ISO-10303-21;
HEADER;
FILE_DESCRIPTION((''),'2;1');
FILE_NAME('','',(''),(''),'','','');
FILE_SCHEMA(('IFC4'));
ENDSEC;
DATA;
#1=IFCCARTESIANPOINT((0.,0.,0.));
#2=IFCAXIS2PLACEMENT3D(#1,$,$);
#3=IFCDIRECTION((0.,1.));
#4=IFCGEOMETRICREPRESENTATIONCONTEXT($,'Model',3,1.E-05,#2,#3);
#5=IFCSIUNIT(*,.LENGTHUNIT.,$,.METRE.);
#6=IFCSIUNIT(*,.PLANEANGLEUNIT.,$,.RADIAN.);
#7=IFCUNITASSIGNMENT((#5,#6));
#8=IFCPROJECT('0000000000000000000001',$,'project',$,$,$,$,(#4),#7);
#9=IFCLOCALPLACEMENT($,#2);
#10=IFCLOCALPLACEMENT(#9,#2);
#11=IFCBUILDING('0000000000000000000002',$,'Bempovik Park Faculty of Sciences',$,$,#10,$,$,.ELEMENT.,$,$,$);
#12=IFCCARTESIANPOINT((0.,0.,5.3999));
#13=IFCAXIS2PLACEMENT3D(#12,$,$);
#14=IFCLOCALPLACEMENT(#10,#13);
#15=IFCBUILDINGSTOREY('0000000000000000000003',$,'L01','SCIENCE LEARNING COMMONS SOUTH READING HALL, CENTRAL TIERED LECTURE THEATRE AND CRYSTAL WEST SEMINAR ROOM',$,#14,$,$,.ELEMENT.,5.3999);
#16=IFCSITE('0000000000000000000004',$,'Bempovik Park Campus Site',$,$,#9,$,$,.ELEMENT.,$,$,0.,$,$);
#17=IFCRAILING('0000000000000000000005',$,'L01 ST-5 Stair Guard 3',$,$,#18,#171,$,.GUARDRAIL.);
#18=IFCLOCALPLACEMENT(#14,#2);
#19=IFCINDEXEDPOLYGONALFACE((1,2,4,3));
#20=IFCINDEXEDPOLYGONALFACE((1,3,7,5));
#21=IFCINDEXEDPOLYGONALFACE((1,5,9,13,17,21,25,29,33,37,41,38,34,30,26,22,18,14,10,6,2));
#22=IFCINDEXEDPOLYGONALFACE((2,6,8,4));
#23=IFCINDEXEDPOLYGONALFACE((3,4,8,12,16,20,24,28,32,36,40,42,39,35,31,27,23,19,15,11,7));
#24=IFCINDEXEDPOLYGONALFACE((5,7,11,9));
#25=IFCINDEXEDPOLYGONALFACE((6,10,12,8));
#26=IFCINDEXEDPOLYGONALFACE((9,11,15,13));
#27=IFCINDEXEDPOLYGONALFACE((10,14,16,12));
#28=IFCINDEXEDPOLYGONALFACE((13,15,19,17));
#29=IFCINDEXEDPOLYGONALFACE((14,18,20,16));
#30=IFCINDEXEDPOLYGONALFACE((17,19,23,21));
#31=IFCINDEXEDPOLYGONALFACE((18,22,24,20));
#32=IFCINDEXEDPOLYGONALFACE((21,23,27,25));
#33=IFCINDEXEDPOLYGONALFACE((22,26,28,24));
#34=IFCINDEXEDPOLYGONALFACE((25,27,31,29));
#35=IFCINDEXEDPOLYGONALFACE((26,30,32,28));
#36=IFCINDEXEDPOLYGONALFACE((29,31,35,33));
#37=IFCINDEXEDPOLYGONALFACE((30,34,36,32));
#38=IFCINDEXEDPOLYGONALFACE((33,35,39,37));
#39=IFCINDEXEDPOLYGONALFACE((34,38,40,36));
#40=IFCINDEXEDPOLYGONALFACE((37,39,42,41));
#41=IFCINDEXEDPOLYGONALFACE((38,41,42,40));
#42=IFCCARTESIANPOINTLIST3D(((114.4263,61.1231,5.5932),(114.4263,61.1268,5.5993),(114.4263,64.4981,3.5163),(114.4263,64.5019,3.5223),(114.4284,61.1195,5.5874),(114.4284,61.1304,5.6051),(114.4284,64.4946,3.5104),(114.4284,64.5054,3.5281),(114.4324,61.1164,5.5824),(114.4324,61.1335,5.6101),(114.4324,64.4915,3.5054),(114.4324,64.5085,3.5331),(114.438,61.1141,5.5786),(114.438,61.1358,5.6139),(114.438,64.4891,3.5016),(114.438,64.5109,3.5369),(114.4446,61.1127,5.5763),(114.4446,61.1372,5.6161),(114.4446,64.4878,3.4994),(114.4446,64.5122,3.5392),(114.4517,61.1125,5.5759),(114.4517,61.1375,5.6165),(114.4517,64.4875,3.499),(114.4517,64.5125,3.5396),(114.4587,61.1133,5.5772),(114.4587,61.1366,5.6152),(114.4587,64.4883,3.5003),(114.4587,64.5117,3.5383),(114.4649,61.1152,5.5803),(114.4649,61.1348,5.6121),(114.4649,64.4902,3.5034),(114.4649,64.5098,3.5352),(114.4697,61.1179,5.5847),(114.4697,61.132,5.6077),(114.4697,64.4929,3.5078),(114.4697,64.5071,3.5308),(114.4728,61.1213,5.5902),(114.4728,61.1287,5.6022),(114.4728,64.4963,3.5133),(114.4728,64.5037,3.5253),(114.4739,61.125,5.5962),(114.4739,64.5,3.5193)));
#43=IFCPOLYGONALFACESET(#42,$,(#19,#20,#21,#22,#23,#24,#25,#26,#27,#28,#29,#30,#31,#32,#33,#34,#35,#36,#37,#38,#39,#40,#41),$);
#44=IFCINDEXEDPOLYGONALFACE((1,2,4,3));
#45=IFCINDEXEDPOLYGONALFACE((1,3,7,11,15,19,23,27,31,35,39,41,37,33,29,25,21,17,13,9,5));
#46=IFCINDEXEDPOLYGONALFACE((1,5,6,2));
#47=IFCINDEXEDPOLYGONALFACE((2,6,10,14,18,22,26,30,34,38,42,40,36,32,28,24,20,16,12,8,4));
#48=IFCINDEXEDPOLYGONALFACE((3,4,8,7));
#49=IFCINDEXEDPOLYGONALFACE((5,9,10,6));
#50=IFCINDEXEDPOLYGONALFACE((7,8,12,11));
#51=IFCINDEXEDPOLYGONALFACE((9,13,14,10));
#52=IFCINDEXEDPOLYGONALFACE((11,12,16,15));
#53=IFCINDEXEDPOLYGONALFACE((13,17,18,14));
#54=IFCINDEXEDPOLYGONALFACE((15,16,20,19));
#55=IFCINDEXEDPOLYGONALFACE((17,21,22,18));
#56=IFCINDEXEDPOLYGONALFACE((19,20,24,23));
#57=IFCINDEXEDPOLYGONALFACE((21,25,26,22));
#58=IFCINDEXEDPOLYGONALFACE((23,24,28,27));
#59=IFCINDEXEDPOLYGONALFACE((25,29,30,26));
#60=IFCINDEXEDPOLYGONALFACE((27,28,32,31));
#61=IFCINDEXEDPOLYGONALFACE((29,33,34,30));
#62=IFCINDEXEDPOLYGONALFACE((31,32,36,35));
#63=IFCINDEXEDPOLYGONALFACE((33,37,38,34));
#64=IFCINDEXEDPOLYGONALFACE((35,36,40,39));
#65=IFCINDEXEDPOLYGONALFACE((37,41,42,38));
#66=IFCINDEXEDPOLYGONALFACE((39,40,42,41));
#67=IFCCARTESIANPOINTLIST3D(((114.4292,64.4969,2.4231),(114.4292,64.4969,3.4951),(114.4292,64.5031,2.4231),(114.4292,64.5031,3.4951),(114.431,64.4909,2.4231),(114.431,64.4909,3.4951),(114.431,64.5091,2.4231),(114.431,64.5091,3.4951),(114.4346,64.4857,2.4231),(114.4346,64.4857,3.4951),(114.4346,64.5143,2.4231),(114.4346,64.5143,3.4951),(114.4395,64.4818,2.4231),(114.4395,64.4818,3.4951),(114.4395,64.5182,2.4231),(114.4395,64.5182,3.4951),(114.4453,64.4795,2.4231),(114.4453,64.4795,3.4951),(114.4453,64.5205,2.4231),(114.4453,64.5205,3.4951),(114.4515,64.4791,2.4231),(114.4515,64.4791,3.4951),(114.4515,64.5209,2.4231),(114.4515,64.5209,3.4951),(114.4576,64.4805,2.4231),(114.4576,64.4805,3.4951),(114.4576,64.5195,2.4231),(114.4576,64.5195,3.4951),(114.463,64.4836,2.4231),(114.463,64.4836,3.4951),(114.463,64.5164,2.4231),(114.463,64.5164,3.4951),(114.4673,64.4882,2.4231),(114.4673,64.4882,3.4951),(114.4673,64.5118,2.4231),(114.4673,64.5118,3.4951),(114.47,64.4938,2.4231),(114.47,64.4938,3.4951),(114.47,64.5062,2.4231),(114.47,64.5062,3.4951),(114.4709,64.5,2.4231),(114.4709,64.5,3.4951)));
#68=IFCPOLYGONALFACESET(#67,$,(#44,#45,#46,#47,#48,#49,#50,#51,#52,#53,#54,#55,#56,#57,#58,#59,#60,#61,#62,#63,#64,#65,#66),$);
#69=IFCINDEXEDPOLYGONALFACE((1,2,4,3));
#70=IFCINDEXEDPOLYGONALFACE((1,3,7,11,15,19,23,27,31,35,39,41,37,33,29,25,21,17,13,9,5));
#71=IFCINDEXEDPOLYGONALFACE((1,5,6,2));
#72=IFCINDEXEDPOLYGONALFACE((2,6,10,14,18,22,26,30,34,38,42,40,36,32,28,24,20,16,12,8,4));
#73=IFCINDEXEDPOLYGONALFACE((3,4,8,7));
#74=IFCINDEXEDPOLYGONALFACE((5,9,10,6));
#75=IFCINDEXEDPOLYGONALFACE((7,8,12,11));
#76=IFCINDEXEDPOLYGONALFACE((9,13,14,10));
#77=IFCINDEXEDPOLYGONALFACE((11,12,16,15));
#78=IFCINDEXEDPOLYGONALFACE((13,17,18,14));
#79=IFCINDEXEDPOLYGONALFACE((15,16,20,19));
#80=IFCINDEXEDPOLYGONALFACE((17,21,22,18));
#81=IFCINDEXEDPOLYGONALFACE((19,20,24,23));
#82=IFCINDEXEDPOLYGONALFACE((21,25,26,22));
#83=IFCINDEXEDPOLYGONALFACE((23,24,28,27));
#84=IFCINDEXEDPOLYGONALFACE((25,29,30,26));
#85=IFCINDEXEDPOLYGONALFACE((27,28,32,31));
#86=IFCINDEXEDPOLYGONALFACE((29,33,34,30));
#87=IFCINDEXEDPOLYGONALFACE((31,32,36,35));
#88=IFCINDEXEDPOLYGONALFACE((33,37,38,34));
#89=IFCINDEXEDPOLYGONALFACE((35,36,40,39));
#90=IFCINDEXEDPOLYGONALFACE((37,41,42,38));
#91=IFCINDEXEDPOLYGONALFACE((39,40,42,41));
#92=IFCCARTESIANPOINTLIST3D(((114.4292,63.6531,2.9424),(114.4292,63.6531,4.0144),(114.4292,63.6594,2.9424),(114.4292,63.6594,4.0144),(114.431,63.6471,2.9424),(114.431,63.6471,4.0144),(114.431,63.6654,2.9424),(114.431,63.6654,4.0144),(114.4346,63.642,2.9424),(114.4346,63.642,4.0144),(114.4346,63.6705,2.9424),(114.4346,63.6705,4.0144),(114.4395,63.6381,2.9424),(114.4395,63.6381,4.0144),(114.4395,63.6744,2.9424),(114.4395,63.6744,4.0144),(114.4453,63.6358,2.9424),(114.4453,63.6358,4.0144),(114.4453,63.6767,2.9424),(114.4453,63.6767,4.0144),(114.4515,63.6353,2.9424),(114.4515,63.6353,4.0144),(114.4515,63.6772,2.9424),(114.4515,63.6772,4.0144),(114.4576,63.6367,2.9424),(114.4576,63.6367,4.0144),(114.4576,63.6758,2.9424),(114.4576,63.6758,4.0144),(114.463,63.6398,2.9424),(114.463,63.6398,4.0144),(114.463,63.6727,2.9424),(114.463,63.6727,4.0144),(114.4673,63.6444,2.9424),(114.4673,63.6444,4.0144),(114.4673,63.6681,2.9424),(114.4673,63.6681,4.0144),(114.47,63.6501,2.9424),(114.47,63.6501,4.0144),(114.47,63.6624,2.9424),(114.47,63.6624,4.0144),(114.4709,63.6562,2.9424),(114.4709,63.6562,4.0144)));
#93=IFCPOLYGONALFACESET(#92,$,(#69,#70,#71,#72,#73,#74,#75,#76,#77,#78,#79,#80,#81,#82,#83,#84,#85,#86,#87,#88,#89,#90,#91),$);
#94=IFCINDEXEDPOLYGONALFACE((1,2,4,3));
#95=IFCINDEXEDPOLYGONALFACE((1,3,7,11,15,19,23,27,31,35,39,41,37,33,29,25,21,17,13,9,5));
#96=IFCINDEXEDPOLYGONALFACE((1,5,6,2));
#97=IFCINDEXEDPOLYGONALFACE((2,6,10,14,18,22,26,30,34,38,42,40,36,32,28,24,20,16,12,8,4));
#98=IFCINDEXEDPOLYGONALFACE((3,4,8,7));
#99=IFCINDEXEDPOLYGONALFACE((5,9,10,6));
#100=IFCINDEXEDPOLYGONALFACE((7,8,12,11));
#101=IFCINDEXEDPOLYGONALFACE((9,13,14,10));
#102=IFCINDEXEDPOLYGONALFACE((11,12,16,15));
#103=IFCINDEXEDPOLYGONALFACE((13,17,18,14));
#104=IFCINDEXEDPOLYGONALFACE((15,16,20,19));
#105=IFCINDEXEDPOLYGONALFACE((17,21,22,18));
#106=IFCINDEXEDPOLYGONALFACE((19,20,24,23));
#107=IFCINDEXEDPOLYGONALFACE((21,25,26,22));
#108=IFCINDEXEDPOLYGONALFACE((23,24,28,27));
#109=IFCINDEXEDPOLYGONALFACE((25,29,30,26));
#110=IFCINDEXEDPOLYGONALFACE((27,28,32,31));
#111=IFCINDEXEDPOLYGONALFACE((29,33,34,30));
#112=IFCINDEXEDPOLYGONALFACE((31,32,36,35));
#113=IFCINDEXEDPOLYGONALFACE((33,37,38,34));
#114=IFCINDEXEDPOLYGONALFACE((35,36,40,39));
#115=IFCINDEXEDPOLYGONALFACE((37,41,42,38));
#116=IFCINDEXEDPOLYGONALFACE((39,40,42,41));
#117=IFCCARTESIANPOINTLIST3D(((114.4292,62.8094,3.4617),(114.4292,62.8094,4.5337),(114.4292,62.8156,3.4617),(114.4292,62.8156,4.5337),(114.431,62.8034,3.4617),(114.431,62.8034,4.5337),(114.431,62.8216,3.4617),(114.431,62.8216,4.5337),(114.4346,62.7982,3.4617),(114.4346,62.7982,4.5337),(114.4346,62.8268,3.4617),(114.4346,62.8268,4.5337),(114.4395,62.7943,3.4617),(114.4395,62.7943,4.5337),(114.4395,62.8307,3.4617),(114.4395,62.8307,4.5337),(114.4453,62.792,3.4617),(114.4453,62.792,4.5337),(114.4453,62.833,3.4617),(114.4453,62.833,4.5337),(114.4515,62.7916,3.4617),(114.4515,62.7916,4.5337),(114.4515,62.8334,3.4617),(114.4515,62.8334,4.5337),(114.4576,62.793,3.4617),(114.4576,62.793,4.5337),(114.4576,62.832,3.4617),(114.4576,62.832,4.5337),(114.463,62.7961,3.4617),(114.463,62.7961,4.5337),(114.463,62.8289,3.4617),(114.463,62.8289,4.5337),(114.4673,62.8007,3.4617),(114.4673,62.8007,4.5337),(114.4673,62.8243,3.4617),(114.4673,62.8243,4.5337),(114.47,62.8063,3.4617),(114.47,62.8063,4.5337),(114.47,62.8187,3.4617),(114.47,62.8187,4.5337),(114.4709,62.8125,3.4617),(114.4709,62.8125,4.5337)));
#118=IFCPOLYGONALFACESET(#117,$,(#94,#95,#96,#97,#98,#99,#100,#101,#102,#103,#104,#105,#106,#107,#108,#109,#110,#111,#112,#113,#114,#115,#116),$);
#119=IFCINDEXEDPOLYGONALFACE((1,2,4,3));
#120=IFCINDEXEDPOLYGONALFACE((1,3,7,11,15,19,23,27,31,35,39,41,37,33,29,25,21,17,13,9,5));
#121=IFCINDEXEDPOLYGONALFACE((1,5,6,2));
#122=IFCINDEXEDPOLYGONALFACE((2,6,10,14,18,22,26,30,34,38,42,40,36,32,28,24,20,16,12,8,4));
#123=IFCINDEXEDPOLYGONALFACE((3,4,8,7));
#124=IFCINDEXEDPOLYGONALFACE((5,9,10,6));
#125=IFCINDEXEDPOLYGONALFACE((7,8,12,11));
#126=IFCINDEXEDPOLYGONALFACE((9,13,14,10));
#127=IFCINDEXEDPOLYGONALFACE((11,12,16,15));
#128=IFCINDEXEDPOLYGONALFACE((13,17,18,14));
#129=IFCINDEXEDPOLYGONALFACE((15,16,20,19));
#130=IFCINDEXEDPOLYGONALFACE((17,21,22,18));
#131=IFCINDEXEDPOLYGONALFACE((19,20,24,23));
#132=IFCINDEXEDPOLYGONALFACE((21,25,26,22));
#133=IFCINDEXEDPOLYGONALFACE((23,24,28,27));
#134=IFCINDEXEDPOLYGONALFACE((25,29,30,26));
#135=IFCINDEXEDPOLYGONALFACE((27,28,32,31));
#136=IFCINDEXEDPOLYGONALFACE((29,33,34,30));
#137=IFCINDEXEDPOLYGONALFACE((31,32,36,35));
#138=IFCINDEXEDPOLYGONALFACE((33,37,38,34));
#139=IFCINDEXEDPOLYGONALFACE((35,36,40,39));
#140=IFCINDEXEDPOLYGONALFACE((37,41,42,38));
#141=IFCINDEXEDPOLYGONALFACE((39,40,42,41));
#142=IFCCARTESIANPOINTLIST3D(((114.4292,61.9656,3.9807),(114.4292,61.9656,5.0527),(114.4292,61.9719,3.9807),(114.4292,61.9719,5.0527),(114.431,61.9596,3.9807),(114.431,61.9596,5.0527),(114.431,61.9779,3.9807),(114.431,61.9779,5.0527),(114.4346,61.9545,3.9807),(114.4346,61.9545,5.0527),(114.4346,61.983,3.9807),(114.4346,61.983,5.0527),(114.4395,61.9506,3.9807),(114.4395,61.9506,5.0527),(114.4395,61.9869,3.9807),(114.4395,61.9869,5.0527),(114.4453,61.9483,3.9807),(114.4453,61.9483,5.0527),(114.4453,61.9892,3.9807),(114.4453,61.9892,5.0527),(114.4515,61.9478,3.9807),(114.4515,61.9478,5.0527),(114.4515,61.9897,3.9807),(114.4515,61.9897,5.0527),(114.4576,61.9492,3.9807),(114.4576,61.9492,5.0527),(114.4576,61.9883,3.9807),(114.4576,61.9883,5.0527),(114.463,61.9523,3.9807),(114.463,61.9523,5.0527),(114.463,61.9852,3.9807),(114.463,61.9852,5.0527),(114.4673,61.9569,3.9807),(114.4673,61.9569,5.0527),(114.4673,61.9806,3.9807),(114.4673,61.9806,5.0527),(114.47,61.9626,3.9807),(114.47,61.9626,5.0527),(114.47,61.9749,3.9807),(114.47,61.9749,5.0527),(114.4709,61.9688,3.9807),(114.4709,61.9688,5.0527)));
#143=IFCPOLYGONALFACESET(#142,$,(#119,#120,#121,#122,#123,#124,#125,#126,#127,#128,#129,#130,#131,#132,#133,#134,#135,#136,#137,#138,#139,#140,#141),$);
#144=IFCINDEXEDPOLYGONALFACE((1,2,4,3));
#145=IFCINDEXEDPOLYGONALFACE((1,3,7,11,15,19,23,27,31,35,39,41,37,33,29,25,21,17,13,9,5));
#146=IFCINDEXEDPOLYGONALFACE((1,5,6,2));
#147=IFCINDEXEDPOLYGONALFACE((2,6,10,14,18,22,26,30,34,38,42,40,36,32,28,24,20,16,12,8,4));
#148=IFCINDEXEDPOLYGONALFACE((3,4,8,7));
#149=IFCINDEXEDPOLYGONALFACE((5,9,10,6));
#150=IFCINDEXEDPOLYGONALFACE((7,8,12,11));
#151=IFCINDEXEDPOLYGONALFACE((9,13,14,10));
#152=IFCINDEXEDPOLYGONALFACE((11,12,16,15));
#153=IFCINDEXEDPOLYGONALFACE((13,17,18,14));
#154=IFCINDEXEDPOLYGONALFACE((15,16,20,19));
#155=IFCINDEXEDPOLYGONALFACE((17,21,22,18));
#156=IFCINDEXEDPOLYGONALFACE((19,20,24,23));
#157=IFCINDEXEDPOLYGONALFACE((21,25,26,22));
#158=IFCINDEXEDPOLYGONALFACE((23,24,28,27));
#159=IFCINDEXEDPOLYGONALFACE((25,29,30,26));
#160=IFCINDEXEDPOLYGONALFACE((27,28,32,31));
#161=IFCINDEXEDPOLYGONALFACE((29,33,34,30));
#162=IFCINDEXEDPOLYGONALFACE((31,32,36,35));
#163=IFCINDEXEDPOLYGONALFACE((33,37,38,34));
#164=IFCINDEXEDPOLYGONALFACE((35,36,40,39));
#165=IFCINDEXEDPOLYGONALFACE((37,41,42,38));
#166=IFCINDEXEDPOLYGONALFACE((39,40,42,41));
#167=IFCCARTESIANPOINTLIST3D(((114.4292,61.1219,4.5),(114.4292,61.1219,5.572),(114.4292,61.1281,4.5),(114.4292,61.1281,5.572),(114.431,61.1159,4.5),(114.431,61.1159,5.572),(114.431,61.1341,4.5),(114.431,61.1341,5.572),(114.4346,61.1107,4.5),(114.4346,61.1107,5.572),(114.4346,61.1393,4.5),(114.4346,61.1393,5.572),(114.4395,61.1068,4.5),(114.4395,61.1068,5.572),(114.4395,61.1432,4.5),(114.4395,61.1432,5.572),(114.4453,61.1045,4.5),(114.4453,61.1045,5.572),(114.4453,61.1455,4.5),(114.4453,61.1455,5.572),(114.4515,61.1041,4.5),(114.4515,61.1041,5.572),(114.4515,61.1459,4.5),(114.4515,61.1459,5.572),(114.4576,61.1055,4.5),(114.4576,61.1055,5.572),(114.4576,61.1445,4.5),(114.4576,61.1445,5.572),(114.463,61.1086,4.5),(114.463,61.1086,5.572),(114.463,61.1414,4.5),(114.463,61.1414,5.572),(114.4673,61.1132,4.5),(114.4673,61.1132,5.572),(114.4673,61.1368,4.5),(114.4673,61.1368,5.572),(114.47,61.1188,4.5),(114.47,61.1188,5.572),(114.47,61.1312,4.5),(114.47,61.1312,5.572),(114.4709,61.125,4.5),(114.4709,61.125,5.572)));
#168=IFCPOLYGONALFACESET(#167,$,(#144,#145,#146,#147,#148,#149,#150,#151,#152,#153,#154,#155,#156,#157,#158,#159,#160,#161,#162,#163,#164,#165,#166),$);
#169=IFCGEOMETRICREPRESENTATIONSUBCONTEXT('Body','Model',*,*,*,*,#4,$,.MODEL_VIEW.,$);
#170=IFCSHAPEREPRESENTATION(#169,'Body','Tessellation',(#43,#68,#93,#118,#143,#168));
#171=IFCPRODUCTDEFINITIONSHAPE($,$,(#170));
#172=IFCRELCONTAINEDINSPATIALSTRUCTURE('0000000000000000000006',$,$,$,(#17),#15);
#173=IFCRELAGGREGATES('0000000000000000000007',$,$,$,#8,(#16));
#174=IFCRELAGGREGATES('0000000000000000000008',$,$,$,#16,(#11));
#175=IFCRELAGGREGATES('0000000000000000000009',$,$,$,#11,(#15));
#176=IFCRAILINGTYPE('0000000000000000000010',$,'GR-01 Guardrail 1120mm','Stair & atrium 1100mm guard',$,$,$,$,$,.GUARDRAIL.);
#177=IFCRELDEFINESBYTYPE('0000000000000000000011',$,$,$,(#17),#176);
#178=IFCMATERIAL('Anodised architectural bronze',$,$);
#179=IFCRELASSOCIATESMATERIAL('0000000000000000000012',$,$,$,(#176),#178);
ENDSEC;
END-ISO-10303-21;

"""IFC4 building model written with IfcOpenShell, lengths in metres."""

from ifc_helpers import new_model, si_unit, direction, frame, origin, origin_2d, place, context, subcontext, project, spatial, circle, extrude, material, type_object, element, save


model = new_model("IFC4")

# Units and contexts
model_context = context("Model", 3, precision=1e-05, world=origin(), true_north=direction((0.0, 1.0)))
body_context = subcontext(model_context, "Body", "Model", "MODEL_VIEW")
ifc_project = project(units=[si_unit("LENGTHUNIT", "METRE"), si_unit("PLANEANGLEUNIT", "RADIAN")], contexts=[model_context])

# Site, building, storey
site_placement = place(None, origin())
site = spatial("IfcSite", under=ifc_project, at=site_placement, Name="Bempovik Park Campus Site", CompositionType="ELEMENT", RefElevation=0.0)
building_placement = place(site_placement, origin())
building = spatial("IfcBuilding", under=site, at=building_placement, Name="Bempovik Park Faculty of Sciences", CompositionType="ELEMENT")
storey_placement = place(building_placement, frame((0.0, 0.0, 5.3999)))
storey = spatial("IfcBuildingStorey", under=building, at=storey_placement, Name="L01", Description="SCIENCE LEARNING COMMONS SOUTH READING HALL, CENTRAL TIERED LECTURE THEATRE AND CRYSTAL WEST SEMINAR ROOM", CompositionType="ELEMENT", Elevation=5.3999)

# Railing
ifc_material_1 = material(Name="Anodised architectural bronze")
railing_type_1 = type_object("IfcRailingType", Name="GR-01 Guardrail 1120mm", Description="Stair & atrium 1100mm guard", PredefinedType="GUARDRAIL", material=ifc_material_1)
railing_1_placement = place(storey_placement, frame((114.45, 64.5, 2.4231)))
element("IfcRailing", 1, at=railing_1_placement, inside=storey, type_object=railing_type_1, Name="L01 ST-5 Stair Guard 3", PredefinedType="GUARDRAIL", context=body_context, shape_type="SweptSolid", body=[
    extrude(circle(Radius=0.0239, at=origin_2d()), frame((0.0, 0.0, 1.0962), z_axis=(0.0, -0.85166, 0.524094), x_axis=(1.0, 0.0, 0.0)), (0.0, 0.0, 1.0), 3.9629),
    extrude(circle(Radius=0.021, at=origin_2d()), origin(), (0.0, 0.0, 1.0), 1.072),
    extrude(circle(Radius=0.021, at=origin_2d()), frame((0.0, -0.8438, 0.5193)), (0.0, 0.0, 1.0), 1.072),
    extrude(circle(Radius=0.021, at=origin_2d()), frame((0.0, -1.6875, 1.0386)), (0.0, 0.0, 1.0), 1.072),
    extrude(circle(Radius=0.021, at=origin_2d()), frame((0.0, -2.5312, 1.5576)), (0.0, 0.0, 1.0), 1.072),
    extrude(circle(Radius=0.021, at=origin_2d()), frame((0.0, -3.375, 2.0769)), (0.0, 0.0, 1.0), 1.072),
])

save(model, "model.ifc")
